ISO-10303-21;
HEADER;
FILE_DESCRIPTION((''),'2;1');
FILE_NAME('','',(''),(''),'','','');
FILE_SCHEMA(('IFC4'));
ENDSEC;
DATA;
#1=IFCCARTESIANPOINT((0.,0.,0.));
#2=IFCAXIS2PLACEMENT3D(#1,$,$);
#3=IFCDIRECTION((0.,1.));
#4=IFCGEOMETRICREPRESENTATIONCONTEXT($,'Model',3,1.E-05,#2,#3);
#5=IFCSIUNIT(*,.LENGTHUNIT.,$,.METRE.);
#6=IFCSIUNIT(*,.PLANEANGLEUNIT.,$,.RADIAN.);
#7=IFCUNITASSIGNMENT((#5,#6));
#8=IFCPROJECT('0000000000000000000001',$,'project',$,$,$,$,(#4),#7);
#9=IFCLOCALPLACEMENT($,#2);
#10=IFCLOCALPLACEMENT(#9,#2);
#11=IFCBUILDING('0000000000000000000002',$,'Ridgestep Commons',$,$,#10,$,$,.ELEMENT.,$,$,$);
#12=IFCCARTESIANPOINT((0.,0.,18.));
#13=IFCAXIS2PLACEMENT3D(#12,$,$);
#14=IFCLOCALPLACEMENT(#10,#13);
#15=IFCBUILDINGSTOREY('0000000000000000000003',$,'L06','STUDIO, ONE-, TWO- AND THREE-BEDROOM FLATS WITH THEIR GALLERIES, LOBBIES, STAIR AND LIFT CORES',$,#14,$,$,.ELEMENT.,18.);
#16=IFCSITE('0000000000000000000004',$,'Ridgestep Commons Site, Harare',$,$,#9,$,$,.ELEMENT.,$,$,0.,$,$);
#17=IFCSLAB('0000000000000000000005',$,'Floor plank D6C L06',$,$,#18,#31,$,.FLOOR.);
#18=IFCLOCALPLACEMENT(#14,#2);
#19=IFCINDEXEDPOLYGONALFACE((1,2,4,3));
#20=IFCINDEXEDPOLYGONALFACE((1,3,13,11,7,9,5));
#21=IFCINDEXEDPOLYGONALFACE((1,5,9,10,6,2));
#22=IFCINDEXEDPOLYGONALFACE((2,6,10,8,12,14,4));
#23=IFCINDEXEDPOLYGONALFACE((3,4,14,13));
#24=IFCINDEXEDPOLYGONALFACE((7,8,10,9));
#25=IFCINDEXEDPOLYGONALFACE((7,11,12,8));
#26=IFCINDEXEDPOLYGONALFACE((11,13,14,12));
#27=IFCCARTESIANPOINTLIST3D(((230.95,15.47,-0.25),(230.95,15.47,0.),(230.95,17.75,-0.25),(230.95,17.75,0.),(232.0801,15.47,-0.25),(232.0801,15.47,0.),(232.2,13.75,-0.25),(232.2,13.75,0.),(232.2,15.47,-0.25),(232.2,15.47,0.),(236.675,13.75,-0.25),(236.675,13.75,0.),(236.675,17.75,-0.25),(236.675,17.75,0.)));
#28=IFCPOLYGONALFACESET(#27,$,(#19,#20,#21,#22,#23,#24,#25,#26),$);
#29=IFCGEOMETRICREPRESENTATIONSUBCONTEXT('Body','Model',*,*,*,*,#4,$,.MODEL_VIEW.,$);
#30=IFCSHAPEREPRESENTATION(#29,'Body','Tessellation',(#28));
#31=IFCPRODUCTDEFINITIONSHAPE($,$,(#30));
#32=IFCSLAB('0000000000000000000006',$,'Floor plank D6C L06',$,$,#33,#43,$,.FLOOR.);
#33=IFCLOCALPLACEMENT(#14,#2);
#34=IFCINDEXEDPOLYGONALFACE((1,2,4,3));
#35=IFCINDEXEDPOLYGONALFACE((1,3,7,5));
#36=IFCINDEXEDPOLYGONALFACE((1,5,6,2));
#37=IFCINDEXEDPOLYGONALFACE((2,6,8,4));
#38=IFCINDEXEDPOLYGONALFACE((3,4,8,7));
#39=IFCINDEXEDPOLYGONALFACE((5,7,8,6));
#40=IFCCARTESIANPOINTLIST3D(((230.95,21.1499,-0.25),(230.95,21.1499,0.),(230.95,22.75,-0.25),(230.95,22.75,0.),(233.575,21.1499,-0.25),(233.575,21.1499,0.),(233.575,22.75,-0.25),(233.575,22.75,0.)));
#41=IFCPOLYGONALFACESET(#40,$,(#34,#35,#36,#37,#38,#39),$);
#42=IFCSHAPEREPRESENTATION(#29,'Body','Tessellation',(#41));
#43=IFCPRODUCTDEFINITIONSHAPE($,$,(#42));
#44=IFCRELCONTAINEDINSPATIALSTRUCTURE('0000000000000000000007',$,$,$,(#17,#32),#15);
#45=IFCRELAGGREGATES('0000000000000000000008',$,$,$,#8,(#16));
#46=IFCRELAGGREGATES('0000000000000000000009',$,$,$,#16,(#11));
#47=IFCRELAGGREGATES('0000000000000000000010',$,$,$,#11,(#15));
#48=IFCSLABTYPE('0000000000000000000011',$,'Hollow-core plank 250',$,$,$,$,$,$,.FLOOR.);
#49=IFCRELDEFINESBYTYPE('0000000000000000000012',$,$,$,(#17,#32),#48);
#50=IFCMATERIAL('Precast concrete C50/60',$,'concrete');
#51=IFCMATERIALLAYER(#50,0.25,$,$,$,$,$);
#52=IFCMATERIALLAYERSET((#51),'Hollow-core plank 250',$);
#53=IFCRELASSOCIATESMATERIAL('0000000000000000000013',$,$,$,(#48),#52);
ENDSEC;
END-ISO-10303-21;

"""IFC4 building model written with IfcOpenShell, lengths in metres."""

from ifc_helpers import new_model, si_unit, direction, frame, origin, place, context, subcontext, project, spatial, polyline, outline, extrude, material, layer, layer_set, type_object, element, save


model = new_model("IFC4")

# Units and contexts
model_context = context("Model", 3, precision=1e-05, world=origin(), true_north=direction((0.0, 1.0)))
body_context = subcontext(model_context, "Body", "Model", "MODEL_VIEW")
ifc_project = project(units=[si_unit("LENGTHUNIT", "METRE"), si_unit("PLANEANGLEUNIT", "RADIAN")], contexts=[model_context])

# Site, building, storey
site_placement = place(None, origin())
site = spatial("IfcSite", under=ifc_project, at=site_placement, Name="Ridgestep Commons Site, Harare", CompositionType="ELEMENT", RefElevation=0.0)
building_placement = place(site_placement, origin())
building = spatial("IfcBuilding", under=site, at=building_placement, Name="Ridgestep Commons", CompositionType="ELEMENT")
storey_placement = place(building_placement, frame((0.0, 0.0, 18.0)))
storey = spatial("IfcBuildingStorey", under=building, at=storey_placement, Name="L06", Description="STUDIO, ONE-, TWO- AND THREE-BEDROOM FLATS WITH THEIR GALLERIES, LOBBIES, STAIR AND LIFT CORES", CompositionType="ELEMENT", Elevation=18.0)

# Slabs
ifc_material = material(Name="Precast concrete C50/60", Category="concrete")
ifc_layer = layer(ifc_material, 0.25)
ifc_layer_set = layer_set([ifc_layer], Name="Hollow-core plank 250")
slab_type = type_object("IfcSlabType", Name="Hollow-core plank 250", PredefinedType="FLOOR", material=ifc_layer_set)
slab_1_placement = place(storey_placement, frame((0.0, 0.0, -0.25)))
element("IfcSlab", 1, at=slab_1_placement, inside=storey, type_object=slab_type, Name="Floor plank D6C L06", PredefinedType="FLOOR", context=body_context, shape_type="SweptSolid", body=[
    extrude(outline(polyline([(232.2, 13.75), (236.675, 13.75), (236.675, 17.75), (230.95, 17.75), (230.95, 15.47), (232.0801, 15.47), (232.2, 15.47), (232.2, 13.75)])), origin(), (0.0, 0.0, 1.0), 0.25),
])
slab_2_placement = place(storey_placement, frame((0.0, 0.0, -0.25)))
element("IfcSlab", 2, at=slab_2_placement, inside=storey, type_object=slab_type, Name="Floor plank D6C L06", PredefinedType="FLOOR", context=body_context, shape_type="SweptSolid", body=[
    extrude(outline(polyline([(233.575, 22.75), (230.95, 22.75), (230.95, 21.1499), (233.575, 21.1499), (233.575, 22.75)])), origin(), (0.0, 0.0, 1.0), 0.25),
])

save(model, "model.ifc")
